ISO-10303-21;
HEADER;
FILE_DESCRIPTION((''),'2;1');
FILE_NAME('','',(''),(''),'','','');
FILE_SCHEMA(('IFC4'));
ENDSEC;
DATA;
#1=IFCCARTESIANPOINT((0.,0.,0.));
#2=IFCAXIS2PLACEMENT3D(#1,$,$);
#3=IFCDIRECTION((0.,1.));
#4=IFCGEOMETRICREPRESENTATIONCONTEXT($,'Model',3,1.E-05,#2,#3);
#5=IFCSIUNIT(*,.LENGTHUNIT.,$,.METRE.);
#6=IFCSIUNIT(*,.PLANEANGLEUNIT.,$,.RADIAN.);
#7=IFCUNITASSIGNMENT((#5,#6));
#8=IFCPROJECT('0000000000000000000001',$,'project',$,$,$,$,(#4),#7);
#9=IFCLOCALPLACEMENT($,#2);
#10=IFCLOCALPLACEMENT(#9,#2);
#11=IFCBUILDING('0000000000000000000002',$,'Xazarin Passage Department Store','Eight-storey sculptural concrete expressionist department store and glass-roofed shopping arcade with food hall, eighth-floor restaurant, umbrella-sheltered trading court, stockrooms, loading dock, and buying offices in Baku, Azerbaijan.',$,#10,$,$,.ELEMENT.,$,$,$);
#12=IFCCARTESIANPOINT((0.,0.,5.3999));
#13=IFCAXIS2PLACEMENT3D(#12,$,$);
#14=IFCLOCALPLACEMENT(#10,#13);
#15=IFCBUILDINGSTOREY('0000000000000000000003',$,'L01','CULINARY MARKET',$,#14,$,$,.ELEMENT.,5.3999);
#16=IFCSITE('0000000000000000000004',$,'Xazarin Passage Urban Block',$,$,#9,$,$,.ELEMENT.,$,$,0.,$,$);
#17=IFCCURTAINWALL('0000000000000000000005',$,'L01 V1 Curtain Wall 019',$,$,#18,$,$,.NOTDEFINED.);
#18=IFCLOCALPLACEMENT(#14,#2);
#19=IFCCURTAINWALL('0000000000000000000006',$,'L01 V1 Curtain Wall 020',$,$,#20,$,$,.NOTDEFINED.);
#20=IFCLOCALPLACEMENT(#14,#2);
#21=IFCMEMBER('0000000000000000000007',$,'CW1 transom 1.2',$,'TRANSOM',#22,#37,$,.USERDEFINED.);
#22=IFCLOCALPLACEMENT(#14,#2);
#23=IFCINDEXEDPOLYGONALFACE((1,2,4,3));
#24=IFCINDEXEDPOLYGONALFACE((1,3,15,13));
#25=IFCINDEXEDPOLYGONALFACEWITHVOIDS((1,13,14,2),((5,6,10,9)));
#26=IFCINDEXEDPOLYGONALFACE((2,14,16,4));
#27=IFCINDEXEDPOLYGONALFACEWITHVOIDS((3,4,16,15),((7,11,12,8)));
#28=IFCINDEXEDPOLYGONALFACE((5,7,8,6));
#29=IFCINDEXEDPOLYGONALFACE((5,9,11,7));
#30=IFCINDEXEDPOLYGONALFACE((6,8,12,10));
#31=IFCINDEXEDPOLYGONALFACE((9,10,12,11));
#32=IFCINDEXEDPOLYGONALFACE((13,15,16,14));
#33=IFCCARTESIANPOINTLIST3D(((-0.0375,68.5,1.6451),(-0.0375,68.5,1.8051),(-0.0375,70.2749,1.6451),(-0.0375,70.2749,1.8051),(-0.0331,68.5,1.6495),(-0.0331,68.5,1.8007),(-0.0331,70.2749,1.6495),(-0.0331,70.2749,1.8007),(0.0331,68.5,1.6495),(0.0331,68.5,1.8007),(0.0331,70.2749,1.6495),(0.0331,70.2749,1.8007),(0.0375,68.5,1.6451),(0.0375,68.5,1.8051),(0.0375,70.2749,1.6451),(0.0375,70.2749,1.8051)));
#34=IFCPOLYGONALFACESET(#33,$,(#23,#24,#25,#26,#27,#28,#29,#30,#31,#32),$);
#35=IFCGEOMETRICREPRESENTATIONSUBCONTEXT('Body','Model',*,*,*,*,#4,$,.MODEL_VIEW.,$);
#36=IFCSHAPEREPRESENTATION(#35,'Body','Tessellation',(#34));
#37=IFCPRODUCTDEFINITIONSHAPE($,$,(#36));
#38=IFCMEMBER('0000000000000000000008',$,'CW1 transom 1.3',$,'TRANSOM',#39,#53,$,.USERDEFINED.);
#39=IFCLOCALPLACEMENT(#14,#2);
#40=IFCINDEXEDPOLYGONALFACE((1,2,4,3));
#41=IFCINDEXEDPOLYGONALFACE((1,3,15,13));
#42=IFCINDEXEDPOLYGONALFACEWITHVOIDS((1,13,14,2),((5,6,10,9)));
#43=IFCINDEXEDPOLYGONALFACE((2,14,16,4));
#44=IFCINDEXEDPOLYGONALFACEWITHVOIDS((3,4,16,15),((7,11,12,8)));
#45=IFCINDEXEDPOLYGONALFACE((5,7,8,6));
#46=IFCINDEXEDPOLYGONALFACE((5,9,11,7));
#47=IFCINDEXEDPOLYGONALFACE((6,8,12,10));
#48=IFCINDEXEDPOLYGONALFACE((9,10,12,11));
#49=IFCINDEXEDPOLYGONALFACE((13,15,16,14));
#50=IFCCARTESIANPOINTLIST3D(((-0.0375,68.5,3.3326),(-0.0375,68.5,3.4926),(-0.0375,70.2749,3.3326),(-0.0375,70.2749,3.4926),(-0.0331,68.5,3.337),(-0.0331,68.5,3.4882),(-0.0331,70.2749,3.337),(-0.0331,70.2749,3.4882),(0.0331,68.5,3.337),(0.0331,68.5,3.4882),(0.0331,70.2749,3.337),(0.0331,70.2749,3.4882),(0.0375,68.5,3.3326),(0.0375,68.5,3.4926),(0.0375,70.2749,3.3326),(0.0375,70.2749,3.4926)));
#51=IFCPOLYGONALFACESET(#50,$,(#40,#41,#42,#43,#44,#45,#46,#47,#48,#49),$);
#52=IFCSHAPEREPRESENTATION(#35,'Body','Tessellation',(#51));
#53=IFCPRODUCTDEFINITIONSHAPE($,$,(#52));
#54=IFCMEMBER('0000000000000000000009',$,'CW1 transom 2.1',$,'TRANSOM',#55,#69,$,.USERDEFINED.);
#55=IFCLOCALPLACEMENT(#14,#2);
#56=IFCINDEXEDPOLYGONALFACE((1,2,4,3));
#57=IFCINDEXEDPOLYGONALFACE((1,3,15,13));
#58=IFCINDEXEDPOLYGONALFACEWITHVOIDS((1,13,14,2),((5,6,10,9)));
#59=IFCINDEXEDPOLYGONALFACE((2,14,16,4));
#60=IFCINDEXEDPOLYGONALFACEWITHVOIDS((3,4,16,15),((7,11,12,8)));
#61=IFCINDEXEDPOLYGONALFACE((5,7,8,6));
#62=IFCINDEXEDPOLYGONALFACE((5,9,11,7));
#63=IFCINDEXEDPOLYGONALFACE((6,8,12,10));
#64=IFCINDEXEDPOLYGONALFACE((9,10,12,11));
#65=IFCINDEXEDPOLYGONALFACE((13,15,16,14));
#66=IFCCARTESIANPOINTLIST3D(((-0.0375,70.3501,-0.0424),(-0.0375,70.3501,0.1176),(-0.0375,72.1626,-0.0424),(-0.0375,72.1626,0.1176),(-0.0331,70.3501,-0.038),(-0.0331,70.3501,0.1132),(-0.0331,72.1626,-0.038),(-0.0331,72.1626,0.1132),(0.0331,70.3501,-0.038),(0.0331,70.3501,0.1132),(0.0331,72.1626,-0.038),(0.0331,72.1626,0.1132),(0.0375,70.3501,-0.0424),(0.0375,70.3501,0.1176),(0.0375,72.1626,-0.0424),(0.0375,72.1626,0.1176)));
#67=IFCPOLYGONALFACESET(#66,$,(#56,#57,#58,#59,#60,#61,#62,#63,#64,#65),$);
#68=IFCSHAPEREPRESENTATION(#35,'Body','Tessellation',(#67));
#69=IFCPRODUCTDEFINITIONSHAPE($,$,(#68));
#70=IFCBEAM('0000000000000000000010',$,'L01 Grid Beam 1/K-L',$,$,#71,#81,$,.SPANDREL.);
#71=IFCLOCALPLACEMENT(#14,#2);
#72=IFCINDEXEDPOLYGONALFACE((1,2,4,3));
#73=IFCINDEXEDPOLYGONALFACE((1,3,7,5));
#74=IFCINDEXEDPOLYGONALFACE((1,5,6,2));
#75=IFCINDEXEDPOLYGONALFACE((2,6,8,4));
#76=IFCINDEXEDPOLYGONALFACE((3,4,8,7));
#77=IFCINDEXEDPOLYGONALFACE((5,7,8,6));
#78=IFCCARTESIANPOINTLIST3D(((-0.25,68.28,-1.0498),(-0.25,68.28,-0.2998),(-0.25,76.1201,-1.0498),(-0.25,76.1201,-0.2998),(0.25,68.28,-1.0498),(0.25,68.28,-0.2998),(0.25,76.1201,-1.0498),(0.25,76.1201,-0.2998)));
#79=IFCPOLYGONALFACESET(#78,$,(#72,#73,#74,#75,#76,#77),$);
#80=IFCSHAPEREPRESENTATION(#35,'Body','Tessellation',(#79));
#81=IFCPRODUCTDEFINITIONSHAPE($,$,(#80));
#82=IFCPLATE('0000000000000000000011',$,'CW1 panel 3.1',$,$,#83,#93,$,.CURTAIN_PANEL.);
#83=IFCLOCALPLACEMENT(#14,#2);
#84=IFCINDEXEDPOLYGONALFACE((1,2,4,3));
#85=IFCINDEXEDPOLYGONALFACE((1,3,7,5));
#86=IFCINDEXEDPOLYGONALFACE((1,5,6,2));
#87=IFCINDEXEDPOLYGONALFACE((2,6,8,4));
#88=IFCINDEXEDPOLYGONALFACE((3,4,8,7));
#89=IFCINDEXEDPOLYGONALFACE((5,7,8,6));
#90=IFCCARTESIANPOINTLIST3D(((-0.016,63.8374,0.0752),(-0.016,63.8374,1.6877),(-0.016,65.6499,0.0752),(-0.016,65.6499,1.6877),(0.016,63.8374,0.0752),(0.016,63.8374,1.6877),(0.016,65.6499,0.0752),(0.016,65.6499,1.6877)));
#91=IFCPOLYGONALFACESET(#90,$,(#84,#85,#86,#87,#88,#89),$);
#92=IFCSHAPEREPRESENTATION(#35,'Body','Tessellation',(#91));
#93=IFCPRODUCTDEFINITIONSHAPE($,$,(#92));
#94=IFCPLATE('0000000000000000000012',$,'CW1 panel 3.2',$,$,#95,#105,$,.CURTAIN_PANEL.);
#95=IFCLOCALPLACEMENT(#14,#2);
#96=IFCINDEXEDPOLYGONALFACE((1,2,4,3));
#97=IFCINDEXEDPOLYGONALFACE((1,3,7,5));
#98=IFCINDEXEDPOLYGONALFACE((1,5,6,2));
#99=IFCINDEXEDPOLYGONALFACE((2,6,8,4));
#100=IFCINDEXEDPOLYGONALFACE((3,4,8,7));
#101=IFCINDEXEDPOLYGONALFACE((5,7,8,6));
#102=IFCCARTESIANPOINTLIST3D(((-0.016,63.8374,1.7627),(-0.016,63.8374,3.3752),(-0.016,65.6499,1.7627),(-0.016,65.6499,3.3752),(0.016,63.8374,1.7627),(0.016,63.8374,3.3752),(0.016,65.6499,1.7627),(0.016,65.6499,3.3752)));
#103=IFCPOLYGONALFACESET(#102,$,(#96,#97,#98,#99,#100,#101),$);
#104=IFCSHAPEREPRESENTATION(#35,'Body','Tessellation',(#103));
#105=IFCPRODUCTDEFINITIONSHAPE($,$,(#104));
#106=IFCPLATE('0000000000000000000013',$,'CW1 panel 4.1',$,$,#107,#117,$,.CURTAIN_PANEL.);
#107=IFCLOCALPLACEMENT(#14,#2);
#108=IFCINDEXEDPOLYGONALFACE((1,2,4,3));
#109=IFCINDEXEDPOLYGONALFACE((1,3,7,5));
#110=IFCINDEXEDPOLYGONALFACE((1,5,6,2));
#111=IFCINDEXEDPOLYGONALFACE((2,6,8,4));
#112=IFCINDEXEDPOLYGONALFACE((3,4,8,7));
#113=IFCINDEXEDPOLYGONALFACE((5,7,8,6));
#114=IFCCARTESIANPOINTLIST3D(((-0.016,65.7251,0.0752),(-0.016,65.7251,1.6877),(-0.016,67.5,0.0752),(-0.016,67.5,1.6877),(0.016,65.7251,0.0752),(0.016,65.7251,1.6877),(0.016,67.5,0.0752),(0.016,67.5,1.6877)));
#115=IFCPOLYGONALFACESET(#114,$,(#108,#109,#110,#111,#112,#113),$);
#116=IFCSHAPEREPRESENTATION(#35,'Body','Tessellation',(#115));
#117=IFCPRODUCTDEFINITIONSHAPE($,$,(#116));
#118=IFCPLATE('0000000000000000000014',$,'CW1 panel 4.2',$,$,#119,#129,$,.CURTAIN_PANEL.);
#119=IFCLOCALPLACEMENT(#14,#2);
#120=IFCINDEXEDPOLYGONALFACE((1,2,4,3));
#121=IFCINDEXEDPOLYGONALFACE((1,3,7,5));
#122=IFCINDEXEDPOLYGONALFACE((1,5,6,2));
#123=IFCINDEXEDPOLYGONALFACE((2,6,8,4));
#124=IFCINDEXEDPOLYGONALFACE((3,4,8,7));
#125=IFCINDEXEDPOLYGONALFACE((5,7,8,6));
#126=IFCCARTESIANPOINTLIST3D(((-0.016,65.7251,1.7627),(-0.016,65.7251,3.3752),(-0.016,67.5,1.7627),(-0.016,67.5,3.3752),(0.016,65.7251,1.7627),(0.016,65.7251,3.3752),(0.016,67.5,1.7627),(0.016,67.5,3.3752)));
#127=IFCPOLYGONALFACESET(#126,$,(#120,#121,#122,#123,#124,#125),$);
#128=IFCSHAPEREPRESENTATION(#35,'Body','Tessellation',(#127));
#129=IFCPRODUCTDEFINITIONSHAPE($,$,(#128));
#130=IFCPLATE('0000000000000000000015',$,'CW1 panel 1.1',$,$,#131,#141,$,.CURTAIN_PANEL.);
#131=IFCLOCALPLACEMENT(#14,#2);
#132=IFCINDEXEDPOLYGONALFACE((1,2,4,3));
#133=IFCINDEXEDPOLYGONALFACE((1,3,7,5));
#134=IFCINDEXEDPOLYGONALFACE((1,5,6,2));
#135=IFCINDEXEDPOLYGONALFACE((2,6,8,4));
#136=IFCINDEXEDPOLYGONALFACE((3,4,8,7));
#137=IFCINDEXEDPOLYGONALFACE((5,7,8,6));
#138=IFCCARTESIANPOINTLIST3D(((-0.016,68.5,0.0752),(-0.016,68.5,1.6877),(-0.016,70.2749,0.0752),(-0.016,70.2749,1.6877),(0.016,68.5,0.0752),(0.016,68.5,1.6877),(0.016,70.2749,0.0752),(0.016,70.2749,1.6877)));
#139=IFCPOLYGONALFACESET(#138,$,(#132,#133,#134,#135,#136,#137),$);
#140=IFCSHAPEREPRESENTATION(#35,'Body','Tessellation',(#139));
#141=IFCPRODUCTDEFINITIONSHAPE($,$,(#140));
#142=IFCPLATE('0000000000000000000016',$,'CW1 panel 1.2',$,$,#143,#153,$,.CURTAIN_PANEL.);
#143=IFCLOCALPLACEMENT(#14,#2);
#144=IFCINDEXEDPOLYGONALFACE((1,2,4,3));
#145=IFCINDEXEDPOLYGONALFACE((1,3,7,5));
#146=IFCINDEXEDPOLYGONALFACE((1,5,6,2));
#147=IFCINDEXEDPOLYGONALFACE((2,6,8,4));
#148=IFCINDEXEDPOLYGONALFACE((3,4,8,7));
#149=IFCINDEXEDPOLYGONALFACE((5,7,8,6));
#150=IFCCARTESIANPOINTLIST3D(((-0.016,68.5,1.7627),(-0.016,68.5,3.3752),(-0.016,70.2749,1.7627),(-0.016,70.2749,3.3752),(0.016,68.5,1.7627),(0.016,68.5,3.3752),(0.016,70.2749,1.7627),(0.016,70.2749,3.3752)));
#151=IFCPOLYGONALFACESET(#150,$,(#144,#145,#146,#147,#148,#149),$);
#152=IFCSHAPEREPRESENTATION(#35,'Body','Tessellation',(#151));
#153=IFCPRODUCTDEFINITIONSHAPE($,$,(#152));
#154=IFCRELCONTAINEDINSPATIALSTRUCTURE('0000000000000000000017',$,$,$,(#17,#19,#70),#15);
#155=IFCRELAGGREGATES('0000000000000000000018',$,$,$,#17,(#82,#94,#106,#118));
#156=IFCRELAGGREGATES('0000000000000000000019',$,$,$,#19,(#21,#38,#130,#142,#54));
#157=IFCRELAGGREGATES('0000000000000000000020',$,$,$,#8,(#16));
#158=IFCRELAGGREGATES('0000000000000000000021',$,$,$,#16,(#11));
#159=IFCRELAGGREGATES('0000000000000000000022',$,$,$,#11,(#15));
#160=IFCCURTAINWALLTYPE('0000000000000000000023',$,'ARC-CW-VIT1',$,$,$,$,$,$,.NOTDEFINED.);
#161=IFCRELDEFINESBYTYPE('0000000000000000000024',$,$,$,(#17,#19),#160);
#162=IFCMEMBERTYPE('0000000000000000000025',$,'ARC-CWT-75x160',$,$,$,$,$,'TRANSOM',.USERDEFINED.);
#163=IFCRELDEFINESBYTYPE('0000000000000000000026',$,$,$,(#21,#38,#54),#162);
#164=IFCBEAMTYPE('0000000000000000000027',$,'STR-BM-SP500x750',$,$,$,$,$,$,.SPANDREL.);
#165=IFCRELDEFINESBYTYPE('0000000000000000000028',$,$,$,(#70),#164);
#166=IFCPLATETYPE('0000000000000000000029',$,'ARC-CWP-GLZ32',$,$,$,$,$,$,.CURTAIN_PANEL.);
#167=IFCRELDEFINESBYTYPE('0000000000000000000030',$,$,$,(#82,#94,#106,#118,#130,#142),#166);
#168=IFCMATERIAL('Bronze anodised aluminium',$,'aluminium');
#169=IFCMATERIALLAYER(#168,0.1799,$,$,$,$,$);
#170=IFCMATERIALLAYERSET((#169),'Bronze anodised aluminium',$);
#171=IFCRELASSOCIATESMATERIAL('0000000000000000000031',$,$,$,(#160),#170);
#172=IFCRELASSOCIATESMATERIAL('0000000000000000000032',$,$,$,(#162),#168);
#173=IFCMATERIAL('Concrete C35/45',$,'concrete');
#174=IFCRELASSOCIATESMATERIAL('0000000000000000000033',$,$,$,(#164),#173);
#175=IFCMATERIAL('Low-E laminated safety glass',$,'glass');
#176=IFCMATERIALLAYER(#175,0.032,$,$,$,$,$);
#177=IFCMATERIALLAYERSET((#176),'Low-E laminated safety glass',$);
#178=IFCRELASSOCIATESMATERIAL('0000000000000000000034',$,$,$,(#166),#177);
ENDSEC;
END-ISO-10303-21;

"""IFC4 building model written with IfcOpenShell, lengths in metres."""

from ifc_helpers import new_model, si_unit, direction, frame, origin, origin_2d, place, context, subcontext, project, spatial, rectangle, hollow_rectangle, extrude, material, layer, layer_set, material_profile, profile_set, type_object, element, aggregate, save


model = new_model("IFC4")

# Units and contexts
model_context = context("Model", 3, precision=1e-05, world=origin(), true_north=direction((0.0, 1.0)))
body_context = subcontext(model_context, "Body", "Model", "MODEL_VIEW")
ifc_project = project(units=[si_unit("LENGTHUNIT", "METRE"), si_unit("PLANEANGLEUNIT", "RADIAN")], contexts=[model_context])

# Site, building, storey
site_placement = place(None, origin())
site = spatial("IfcSite", under=ifc_project, at=site_placement, Name="Xazarin Passage Urban Block", CompositionType="ELEMENT", RefElevation=0.0)
building_placement = place(site_placement, origin())
building = spatial("IfcBuilding", under=site, at=building_placement, Name="Xazarin Passage Department Store", Description="Eight-storey sculptural concrete expressionist department store and glass-roofed shopping arcade with food hall, eighth-floor restaurant, umbrella-sheltered trading court, stockrooms, loading dock, and buying offices in Baku, Azerbaijan.", CompositionType="ELEMENT")
storey_placement = place(building_placement, frame((0.0, 0.0, 5.3999)))
storey = spatial("IfcBuildingStorey", under=building, at=storey_placement, Name="L01", Description="CULINARY MARKET", CompositionType="ELEMENT", Elevation=5.3999)

# Curtain walls
ifc_material_1 = material(Name="Bronze anodised aluminium", Category="aluminium")
ifc_layer_1 = layer(ifc_material_1, 0.1799)
ifc_layer_set_1 = layer_set([ifc_layer_1], Name="Bronze anodised aluminium")
curtain_wall_type = type_object("IfcCurtainWallType", Name="ARC-CW-VIT1", PredefinedType="NOTDEFINED", material=ifc_layer_set_1)
curtain_wall_1_placement = place(storey_placement, origin())
curtain_wall_1 = element("IfcCurtainWall", 1, at=curtain_wall_1_placement, inside=storey, type_object=curtain_wall_type, Name="L01 V1 Curtain Wall 019", PredefinedType="NOTDEFINED")
curtain_wall_2_placement = place(storey_placement, origin())
curtain_wall_2 = element("IfcCurtainWall", 2, at=curtain_wall_2_placement, inside=storey, type_object=curtain_wall_type, Name="L01 V1 Curtain Wall 020", PredefinedType="NOTDEFINED")

# Members
ifc_material_profile_1 = material_profile(ifc_material_1, hollow_rectangle(XDim=0.075, YDim=0.1599, WallThickness=0.0044, at=origin_2d()), Name="ALU 75x160")
ifc_profile_set_1 = profile_set([ifc_material_profile_1], Name="Bronze anodised aluminium")
member_type_1 = type_object("IfcMemberType", Name="ARC-CWT-75x160", ElementType="TRANSOM", PredefinedType="USERDEFINED", material=ifc_profile_set_1)
member_1_placement = place(storey_placement, frame((0.0, 68.5, 1.7251), z_axis=(0.0, 1.0, 0.0), x_axis=(-1.0, 0.0, 0.0)))
member_1 = element("IfcMember", 3, at=member_1_placement, type_object=member_type_1, Name="CW1 transom 1.2", ObjectType="TRANSOM", PredefinedType="USERDEFINED", context=body_context, shape_type="SweptSolid", body=[
    extrude(hollow_rectangle(XDim=0.075, YDim=0.1599, WallThickness=0.0044, at=origin_2d()), origin(), (0.0, 0.0, 1.0), 1.7749),
])
member_2_placement = place(storey_placement, frame((0.0, 68.5, 3.4126), z_axis=(0.0, 1.0, 0.0), x_axis=(-1.0, 0.0, 0.0)))
member_2 = element("IfcMember", 4, at=member_2_placement, type_object=member_type_1, Name="CW1 transom 1.3", ObjectType="TRANSOM", PredefinedType="USERDEFINED", context=body_context, shape_type="SweptSolid", body=[
    extrude(hollow_rectangle(XDim=0.075, YDim=0.1599, WallThickness=0.0044, at=origin_2d()), origin(), (0.0, 0.0, 1.0), 1.7749),
])
member_3_placement = place(storey_placement, frame((0.0, 70.3501, 0.0376), z_axis=(0.0, 1.0, 0.0), x_axis=(-1.0, 0.0, 0.0)))
member_3 = element("IfcMember", 5, at=member_3_placement, type_object=member_type_1, Name="CW1 transom 2.1", ObjectType="TRANSOM", PredefinedType="USERDEFINED", context=body_context, shape_type="SweptSolid", body=[
    extrude(hollow_rectangle(XDim=0.075, YDim=0.1599, WallThickness=0.0044, at=origin_2d()), origin(), (0.0, 0.0, 1.0), 1.8125),
])

# Beam
ifc_material_2 = material(Name="Concrete C35/45", Category="concrete")
ifc_material_profile_2 = material_profile(ifc_material_2, rectangle(XDim=0.5, YDim=0.75, at=origin_2d()), Name="RC 500x750")
ifc_profile_set_2 = profile_set([ifc_material_profile_2], Name="Concrete C35/45")
beam_type = type_object("IfcBeamType", Name="STR-BM-SP500x750", PredefinedType="SPANDREL", material=ifc_profile_set_2)
beam_placement = place(storey_placement, frame((0.0, 68.28, -0.6748), z_axis=(0.0, 1.0, 0.0), x_axis=(-1.0, 0.0, 0.0)))
element("IfcBeam", 6, at=beam_placement, inside=storey, type_object=beam_type, Name="L01 Grid Beam 1/K-L", PredefinedType="SPANDREL", context=body_context, shape_type="SweptSolid", body=[
    extrude(rectangle(XDim=0.5, YDim=0.75, at=origin_2d()), origin(), (0.0, 0.0, 1.0), 7.8401),
])

# Plates
ifc_material_3 = material(Name="Low-E laminated safety glass", Category="glass")
ifc_layer_2 = layer(ifc_material_3, 0.032)
ifc_layer_set_2 = layer_set([ifc_layer_2], Name="Low-E laminated safety glass")
plate_type = type_object("IfcPlateType", Name="ARC-CWP-GLZ32", PredefinedType="CURTAIN_PANEL", material=ifc_layer_set_2)
plate_1_placement = place(storey_placement, frame((0.0, 64.7437, 0.0752), z_axis=(0.0, 0.0, 1.0), x_axis=(0.0, 1.0, 0.0)))
plate_1 = element("IfcPlate", 7, at=plate_1_placement, type_object=plate_type, Name="CW1 panel 3.1", PredefinedType="CURTAIN_PANEL", context=body_context, shape_type="SweptSolid", body=[
    extrude(rectangle(XDim=1.8125, YDim=0.032, at=origin_2d()), origin(), (0.0, 0.0, 1.0), 1.6125),
])
plate_2_placement = place(storey_placement, frame((0.0, 64.7437, 1.7627), z_axis=(0.0, 0.0, 1.0), x_axis=(0.0, 1.0, 0.0)))
plate_2 = element("IfcPlate", 8, at=plate_2_placement, type_object=plate_type, Name="CW1 panel 3.2", PredefinedType="CURTAIN_PANEL", context=body_context, shape_type="SweptSolid", body=[
    extrude(rectangle(XDim=1.8125, YDim=0.032, at=origin_2d()), origin(), (0.0, 0.0, 1.0), 1.6125),
])
plate_3_placement = place(storey_placement, frame((0.0, 66.6125, 0.0752), z_axis=(0.0, 0.0, 1.0), x_axis=(0.0, 1.0, 0.0)))
plate_3 = element("IfcPlate", 9, at=plate_3_placement, type_object=plate_type, Name="CW1 panel 4.1", PredefinedType="CURTAIN_PANEL", context=body_context, shape_type="SweptSolid", body=[
    extrude(rectangle(XDim=1.7749, YDim=0.032, at=origin_2d()), origin(), (0.0, 0.0, 1.0), 1.6125),
])
plate_4_placement = place(storey_placement, frame((0.0, 66.6125, 1.7627), z_axis=(0.0, 0.0, 1.0), x_axis=(0.0, 1.0, 0.0)))
plate_4 = element("IfcPlate", 10, at=plate_4_placement, type_object=plate_type, Name="CW1 panel 4.2", PredefinedType="CURTAIN_PANEL", context=body_context, shape_type="SweptSolid", body=[
    extrude(rectangle(XDim=1.7749, YDim=0.032, at=origin_2d()), origin(), (0.0, 0.0, 1.0), 1.6125),
])
aggregate(curtain_wall_1, [plate_1, plate_2, plate_3, plate_4])
plate_5_placement = place(storey_placement, frame((0.0, 69.3875, 0.0752), z_axis=(0.0, 0.0, 1.0), x_axis=(0.0, 1.0, 0.0)))
plate_5 = element("IfcPlate", 11, at=plate_5_placement, type_object=plate_type, Name="CW1 panel 1.1", PredefinedType="CURTAIN_PANEL", context=body_context, shape_type="SweptSolid", body=[
    extrude(rectangle(XDim=1.7749, YDim=0.032, at=origin_2d()), origin(), (0.0, 0.0, 1.0), 1.6125),
])
plate_6_placement = place(storey_placement, frame((0.0, 69.3875, 1.7627), z_axis=(0.0, 0.0, 1.0), x_axis=(0.0, 1.0, 0.0)))
plate_6 = element("IfcPlate", 12, at=plate_6_placement, type_object=plate_type, Name="CW1 panel 1.2", PredefinedType="CURTAIN_PANEL", context=body_context, shape_type="SweptSolid", body=[
    extrude(rectangle(XDim=1.7749, YDim=0.032, at=origin_2d()), origin(), (0.0, 0.0, 1.0), 1.6125),
])
aggregate(curtain_wall_2, [member_1, member_2, plate_5, plate_6, member_3])

save(model, "model.ifc")
